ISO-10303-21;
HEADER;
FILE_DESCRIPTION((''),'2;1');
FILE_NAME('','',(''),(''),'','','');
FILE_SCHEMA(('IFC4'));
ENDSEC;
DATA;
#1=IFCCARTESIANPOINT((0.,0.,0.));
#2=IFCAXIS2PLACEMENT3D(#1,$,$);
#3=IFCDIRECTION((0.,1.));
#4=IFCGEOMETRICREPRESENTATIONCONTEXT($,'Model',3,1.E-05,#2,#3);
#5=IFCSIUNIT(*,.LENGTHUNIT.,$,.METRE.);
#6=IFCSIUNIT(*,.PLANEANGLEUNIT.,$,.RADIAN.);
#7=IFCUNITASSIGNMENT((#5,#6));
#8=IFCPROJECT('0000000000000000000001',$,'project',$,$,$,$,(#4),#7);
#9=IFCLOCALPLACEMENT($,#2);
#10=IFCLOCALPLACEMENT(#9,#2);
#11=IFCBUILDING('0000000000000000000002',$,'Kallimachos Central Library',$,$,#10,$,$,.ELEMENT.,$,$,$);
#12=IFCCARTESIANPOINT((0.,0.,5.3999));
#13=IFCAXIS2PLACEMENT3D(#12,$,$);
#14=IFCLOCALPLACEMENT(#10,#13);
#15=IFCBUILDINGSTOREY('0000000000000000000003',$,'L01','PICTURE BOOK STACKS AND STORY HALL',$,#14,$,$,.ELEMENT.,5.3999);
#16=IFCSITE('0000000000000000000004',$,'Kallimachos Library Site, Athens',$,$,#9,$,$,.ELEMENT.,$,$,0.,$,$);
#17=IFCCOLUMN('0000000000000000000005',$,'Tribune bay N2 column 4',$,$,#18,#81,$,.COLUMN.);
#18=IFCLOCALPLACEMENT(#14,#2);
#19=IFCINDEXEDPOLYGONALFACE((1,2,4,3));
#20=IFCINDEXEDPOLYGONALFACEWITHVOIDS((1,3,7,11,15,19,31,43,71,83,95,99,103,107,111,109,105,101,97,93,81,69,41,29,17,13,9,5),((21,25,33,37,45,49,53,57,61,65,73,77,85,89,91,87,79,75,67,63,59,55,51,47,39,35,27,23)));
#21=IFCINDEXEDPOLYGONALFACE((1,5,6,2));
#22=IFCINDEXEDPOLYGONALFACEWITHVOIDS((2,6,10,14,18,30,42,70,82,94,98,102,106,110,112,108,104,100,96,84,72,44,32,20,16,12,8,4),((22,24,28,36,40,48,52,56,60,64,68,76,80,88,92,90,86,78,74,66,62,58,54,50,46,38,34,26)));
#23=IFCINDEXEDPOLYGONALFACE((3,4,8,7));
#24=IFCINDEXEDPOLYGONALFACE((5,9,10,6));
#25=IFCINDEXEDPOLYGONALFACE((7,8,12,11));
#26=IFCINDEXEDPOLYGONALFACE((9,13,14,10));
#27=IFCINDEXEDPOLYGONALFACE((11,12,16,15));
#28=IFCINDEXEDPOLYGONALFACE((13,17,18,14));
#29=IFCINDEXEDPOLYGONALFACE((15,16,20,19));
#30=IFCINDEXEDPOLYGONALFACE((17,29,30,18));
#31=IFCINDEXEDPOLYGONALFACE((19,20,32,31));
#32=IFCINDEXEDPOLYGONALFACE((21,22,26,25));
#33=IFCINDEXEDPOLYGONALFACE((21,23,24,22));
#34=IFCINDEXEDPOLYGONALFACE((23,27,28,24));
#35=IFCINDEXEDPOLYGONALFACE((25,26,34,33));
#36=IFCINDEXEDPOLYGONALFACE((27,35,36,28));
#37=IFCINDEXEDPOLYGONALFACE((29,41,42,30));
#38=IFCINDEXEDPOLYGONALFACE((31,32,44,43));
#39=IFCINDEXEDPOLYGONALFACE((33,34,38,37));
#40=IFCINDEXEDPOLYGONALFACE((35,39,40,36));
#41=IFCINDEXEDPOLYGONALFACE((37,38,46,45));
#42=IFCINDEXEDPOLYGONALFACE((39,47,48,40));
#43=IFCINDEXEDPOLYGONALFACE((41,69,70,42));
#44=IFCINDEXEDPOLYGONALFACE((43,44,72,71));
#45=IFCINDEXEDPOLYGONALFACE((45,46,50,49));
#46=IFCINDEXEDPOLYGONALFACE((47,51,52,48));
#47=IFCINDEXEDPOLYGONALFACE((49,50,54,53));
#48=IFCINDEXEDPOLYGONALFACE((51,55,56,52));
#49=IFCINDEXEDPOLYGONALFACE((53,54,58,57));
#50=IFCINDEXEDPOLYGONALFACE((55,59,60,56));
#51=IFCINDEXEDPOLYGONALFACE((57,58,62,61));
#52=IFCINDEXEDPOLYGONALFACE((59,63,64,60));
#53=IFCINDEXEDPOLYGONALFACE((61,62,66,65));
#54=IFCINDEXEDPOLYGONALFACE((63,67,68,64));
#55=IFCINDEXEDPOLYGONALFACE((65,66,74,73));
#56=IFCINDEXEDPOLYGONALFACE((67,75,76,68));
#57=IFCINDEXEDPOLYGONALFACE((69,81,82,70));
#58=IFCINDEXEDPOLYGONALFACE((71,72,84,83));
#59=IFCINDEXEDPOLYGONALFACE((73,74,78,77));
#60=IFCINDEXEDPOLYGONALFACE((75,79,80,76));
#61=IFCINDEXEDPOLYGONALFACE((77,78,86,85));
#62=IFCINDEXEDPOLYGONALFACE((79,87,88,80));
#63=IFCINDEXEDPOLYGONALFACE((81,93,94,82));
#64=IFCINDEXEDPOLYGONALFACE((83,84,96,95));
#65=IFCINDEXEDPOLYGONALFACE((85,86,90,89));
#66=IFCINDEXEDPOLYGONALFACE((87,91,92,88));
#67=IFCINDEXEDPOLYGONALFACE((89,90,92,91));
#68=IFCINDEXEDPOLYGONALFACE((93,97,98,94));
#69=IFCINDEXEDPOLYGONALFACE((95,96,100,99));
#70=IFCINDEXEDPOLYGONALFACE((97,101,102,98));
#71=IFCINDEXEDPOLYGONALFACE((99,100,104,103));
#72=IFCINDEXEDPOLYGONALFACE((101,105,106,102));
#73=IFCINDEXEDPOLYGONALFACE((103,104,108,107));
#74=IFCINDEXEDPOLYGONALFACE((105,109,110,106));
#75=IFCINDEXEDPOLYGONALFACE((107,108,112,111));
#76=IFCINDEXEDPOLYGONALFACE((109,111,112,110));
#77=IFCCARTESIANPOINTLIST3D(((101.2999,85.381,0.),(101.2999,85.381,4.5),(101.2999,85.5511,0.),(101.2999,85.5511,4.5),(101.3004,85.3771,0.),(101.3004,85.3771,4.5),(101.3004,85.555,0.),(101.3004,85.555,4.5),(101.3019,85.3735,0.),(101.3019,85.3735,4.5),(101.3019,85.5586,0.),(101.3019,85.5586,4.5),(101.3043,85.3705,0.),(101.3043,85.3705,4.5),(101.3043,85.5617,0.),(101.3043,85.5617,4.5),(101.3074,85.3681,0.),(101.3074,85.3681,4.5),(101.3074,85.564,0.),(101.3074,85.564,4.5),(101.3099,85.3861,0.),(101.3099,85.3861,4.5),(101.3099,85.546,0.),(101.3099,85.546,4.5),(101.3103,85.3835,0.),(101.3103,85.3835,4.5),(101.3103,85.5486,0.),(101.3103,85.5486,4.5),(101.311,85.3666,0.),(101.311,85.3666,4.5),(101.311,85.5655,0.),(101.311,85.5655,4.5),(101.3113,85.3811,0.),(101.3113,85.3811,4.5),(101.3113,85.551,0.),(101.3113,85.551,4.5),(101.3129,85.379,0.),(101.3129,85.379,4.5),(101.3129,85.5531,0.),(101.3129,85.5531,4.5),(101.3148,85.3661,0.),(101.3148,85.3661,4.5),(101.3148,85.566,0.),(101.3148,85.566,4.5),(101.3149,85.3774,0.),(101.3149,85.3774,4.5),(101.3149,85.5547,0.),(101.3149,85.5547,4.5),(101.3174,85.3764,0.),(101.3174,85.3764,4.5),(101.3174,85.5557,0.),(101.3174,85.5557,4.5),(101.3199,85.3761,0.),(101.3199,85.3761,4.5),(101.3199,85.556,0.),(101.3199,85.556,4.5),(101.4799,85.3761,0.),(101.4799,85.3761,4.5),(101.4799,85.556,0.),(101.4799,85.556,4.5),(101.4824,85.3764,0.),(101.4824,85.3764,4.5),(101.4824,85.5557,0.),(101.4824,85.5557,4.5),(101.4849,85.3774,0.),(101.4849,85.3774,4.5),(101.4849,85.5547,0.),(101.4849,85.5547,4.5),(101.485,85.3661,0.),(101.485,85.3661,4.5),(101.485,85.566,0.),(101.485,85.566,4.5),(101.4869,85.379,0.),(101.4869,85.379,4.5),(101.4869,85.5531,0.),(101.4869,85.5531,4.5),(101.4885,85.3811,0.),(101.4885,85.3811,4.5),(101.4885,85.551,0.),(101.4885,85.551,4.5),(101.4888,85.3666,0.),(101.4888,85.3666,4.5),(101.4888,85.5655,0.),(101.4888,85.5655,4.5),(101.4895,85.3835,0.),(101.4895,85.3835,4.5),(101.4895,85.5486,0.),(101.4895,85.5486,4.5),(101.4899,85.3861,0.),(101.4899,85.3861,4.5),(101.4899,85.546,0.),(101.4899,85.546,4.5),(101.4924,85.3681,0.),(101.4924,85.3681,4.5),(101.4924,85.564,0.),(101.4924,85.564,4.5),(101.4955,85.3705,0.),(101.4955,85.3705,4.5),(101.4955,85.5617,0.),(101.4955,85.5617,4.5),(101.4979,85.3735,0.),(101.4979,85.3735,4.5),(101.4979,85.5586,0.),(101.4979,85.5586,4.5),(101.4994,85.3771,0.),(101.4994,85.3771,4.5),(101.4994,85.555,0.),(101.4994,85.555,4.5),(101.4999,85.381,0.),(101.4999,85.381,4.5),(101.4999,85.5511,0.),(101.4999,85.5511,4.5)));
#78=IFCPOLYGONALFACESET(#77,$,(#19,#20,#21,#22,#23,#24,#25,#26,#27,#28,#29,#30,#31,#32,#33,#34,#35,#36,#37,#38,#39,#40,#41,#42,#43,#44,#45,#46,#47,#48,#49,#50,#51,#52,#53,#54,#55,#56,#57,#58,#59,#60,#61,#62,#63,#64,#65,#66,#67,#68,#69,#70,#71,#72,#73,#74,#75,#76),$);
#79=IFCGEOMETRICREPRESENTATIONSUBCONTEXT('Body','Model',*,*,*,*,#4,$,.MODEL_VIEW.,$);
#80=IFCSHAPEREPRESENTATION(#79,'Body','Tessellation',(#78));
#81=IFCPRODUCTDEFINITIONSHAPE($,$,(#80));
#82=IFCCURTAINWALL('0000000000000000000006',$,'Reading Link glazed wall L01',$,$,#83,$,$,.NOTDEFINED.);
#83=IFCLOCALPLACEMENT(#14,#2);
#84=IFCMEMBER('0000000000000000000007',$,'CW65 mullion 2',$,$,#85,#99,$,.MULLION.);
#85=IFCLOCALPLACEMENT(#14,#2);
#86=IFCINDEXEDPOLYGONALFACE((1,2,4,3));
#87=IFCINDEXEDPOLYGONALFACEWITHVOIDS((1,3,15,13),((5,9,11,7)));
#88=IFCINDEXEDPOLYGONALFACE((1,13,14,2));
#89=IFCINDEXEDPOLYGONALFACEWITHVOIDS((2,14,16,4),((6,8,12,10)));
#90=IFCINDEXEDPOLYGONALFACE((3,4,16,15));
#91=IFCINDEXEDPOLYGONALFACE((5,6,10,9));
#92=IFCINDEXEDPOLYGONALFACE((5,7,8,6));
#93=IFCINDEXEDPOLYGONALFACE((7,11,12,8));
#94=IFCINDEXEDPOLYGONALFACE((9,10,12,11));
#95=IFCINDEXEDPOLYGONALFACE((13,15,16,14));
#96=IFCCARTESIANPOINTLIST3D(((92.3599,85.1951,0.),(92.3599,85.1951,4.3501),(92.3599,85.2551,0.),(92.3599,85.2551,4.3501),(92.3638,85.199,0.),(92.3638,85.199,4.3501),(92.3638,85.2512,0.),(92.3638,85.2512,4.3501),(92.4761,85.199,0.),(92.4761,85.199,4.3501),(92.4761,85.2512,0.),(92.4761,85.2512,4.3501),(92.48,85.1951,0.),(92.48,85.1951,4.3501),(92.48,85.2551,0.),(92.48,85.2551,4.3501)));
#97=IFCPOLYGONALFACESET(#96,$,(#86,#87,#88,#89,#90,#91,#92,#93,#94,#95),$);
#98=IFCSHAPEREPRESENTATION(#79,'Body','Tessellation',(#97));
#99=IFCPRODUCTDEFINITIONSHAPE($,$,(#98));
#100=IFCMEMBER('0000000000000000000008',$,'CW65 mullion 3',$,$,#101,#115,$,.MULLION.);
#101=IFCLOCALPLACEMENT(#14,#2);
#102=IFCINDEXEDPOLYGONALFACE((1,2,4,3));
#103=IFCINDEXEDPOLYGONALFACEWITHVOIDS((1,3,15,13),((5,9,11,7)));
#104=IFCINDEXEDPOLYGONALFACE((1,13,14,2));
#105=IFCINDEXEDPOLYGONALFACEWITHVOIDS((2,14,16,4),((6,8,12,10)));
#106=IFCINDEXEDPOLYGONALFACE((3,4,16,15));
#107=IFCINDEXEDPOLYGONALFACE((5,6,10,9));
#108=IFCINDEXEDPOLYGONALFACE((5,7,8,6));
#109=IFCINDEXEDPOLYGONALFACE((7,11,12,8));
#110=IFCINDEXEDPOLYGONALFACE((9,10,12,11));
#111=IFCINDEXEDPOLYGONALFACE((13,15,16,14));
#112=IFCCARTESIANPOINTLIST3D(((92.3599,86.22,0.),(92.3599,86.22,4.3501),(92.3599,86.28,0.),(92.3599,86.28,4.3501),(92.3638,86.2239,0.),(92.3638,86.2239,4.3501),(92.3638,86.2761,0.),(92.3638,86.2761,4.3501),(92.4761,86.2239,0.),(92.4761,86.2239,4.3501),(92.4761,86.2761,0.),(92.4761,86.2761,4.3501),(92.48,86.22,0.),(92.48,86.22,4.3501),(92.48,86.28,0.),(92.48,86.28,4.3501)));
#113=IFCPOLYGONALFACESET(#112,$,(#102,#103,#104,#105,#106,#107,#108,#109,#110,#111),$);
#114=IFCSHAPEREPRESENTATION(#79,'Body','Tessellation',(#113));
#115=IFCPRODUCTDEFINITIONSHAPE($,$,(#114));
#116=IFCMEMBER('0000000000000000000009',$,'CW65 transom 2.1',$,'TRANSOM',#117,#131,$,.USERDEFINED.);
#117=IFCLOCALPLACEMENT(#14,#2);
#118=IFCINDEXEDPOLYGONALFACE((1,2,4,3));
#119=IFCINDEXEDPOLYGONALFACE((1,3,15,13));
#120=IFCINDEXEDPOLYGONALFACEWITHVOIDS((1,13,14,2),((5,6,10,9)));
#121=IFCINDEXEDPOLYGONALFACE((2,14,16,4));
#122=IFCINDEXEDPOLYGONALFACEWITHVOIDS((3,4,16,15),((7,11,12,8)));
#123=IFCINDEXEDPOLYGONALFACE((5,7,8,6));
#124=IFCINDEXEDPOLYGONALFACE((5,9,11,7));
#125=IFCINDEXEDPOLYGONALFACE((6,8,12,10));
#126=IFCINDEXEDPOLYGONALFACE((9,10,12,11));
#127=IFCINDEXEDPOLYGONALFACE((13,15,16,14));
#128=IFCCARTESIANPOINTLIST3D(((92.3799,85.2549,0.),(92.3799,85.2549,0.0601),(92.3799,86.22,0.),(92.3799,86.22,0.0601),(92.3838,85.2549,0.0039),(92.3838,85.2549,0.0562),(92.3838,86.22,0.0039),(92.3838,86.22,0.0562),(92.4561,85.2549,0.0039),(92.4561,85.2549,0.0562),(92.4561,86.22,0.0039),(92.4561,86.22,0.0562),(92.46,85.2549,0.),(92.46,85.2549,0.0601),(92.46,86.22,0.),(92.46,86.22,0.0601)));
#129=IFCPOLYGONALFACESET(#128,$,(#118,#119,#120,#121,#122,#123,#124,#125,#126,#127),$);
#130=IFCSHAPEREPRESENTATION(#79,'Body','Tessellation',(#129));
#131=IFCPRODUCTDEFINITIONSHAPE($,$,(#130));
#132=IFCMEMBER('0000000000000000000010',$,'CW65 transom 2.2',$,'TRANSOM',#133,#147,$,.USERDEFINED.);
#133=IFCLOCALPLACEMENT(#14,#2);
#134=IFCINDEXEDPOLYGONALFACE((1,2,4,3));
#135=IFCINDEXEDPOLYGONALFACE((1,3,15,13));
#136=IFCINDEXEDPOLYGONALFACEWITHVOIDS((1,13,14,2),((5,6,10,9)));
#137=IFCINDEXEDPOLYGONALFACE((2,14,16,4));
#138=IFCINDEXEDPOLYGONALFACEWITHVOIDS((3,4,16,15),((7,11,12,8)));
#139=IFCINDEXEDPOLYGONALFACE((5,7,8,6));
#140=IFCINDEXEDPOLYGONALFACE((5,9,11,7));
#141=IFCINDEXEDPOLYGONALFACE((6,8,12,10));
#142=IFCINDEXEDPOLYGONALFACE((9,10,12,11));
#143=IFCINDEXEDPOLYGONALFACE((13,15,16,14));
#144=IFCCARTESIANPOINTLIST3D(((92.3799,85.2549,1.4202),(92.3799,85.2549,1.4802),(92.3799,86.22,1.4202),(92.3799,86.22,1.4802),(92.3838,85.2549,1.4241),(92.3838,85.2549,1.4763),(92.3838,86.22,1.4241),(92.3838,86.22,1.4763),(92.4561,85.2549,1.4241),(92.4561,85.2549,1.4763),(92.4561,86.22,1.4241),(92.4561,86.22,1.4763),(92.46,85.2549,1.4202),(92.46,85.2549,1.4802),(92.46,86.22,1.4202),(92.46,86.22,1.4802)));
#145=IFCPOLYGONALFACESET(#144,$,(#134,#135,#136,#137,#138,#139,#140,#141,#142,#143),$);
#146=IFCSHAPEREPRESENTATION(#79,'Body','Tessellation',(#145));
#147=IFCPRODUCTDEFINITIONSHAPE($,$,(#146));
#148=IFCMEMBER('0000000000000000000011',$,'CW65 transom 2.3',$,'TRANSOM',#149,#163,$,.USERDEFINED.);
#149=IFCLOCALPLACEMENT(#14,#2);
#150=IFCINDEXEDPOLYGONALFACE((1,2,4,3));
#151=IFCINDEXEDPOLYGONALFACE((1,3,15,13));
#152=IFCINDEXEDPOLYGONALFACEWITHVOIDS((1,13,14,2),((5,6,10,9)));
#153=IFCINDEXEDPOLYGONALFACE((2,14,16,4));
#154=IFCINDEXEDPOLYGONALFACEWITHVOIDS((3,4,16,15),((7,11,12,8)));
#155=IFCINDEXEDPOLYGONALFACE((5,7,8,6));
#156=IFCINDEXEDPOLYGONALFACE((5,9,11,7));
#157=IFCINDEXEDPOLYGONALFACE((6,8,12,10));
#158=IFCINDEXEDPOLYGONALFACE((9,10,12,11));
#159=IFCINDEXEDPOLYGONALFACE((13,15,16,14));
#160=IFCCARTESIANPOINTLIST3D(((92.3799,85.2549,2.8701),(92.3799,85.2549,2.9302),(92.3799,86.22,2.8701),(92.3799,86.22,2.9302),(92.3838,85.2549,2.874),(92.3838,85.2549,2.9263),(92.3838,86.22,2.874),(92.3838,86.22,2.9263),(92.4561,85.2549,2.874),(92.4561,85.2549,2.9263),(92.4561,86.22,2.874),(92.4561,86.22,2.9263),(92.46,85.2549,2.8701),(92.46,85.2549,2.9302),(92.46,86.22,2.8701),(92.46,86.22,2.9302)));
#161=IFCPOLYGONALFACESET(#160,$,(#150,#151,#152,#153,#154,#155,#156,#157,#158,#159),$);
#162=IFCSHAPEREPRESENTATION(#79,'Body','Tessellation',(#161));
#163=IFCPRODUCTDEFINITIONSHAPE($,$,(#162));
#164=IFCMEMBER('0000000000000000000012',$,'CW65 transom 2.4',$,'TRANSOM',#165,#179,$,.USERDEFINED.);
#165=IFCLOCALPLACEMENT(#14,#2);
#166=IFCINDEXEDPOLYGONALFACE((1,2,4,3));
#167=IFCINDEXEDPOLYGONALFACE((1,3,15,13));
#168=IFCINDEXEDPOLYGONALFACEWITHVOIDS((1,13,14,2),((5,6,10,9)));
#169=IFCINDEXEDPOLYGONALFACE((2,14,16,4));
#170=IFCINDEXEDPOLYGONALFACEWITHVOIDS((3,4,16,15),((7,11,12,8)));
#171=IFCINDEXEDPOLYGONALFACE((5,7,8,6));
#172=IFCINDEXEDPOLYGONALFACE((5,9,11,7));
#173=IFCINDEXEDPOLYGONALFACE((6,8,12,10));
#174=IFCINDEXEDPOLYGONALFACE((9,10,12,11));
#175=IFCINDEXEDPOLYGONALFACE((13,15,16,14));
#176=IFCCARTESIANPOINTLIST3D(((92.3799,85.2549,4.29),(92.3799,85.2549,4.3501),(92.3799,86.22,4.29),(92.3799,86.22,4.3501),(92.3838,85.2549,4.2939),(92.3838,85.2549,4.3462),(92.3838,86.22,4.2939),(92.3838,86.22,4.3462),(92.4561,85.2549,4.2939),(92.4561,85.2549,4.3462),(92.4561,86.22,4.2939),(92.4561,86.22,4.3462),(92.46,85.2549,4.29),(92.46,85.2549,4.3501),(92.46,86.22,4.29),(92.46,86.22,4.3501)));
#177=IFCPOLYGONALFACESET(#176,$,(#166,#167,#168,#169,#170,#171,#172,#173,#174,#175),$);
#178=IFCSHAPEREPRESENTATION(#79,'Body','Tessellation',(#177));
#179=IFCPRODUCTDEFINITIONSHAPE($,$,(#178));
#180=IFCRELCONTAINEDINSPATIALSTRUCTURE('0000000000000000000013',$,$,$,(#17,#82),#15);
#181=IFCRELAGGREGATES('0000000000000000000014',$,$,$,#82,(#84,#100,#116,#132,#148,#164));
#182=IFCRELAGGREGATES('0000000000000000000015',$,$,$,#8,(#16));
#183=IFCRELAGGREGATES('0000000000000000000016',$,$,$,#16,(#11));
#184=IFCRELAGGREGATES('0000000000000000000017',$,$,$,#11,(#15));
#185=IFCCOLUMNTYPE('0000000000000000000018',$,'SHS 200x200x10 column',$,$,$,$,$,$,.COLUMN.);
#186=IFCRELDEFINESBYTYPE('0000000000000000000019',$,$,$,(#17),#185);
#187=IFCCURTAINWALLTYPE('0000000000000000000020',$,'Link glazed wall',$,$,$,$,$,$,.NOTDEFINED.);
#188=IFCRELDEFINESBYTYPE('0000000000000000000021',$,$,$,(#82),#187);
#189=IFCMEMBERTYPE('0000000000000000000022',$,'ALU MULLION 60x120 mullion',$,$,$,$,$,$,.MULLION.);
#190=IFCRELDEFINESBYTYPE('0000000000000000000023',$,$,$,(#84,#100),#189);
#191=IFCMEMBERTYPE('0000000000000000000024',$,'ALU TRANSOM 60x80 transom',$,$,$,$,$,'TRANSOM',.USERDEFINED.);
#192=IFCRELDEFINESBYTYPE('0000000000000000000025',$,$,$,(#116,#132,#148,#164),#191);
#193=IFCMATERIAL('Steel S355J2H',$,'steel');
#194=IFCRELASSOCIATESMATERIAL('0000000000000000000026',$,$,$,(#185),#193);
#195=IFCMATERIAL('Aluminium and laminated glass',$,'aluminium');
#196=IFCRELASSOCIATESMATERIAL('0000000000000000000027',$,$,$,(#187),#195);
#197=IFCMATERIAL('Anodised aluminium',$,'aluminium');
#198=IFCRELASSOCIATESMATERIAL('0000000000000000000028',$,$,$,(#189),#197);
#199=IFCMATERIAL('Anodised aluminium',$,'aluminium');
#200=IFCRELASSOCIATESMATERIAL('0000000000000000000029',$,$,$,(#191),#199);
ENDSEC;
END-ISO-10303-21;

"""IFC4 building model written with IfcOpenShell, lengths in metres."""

from ifc_helpers import new_model, si_unit, direction, frame, origin, origin_2d, place, context, subcontext, project, spatial, hollow_rectangle, extrude, material, material_profile, profile_set, type_object, element, aggregate, save


model = new_model("IFC4")

# Units and contexts
model_context = context("Model", 3, precision=1e-05, world=origin(), true_north=direction((0.0, 1.0)))
body_context = subcontext(model_context, "Body", "Model", "MODEL_VIEW")
ifc_project = project(units=[si_unit("LENGTHUNIT", "METRE"), si_unit("PLANEANGLEUNIT", "RADIAN")], contexts=[model_context])

# Site, building, storey
site_placement = place(None, origin())
site = spatial("IfcSite", under=ifc_project, at=site_placement, Name="Kallimachos Library Site, Athens", CompositionType="ELEMENT", RefElevation=0.0)
building_placement = place(site_placement, origin())
building = spatial("IfcBuilding", under=site, at=building_placement, Name="Kallimachos Central Library", CompositionType="ELEMENT")
storey_placement = place(building_placement, frame((0.0, 0.0, 5.3999)))
storey = spatial("IfcBuildingStorey", under=building, at=storey_placement, Name="L01", Description="PICTURE BOOK STACKS AND STORY HALL", CompositionType="ELEMENT", Elevation=5.3999)

# Column
ifc_material_1 = material(Name="Steel S355J2H", Category="steel")
ifc_material_profile_1 = material_profile(ifc_material_1, hollow_rectangle(XDim=0.2, YDim=0.2, WallThickness=0.01, InnerFilletRadius=0.01, OuterFilletRadius=0.0149, at=origin_2d()), Name="SHS 200x200x10")
ifc_profile_set_1 = profile_set([ifc_material_profile_1], Name="Steel S355J2H")
column_type = type_object("IfcColumnType", Name="SHS 200x200x10 column", PredefinedType="COLUMN", material=ifc_profile_set_1)
for number, where, z_axis, x_axis, name in (
    (1, (101.3999, 85.4661, 0.0), (0.0, 0.0, 1.0), (1.0, 0.0, 0.0), "Tribune bay N2 column 4"),
):
    element("IfcColumn", number, at=place(storey_placement, frame(where, z_axis=z_axis, x_axis=x_axis)), inside=storey, type_object=column_type, Name=name, PredefinedType="COLUMN", context=body_context, shape_type="SweptSolid", body=[
        extrude(hollow_rectangle(XDim=0.2, YDim=0.2, WallThickness=0.01, InnerFilletRadius=0.01, OuterFilletRadius=0.0149, at=origin_2d()), origin(), (0.0, 0.0, 1.0), 4.5),
    ])

# Curtain wall, members
ifc_material_2 = material(Name="Aluminium and laminated glass", Category="aluminium")
curtain_wall_type = type_object("IfcCurtainWallType", Name="Link glazed wall", PredefinedType="NOTDEFINED", material=ifc_material_2)
curtain_wall_placement = place(storey_placement, origin())
curtain_wall = element("IfcCurtainWall", 2, at=curtain_wall_placement, inside=storey, type_object=curtain_wall_type, Name="Reading Link glazed wall L01", PredefinedType="NOTDEFINED")
ifc_material_3 = material(Name="Anodised aluminium", Category="aluminium")
ifc_material_profile_2 = material_profile(ifc_material_3, hollow_rectangle(XDim=0.0601, YDim=0.1201, WallThickness=0.0039, at=origin_2d()), Name="ALU MULLION 60x120")
ifc_profile_set_2 = profile_set([ifc_material_profile_2], Name="Anodised aluminium")
member_type_1 = type_object("IfcMemberType", Name="ALU MULLION 60x120 mullion", PredefinedType="MULLION", material=ifc_profile_set_2)
member_1_placement = place(storey_placement, frame((92.4199, 85.2251, 0.0), z_axis=(0.0, 0.0, 1.0), x_axis=(0.0, 1.0, 0.0)))
member_1 = element("IfcMember", 3, at=member_1_placement, type_object=member_type_1, Name="CW65 mullion 2", PredefinedType="MULLION", context=body_context, shape_type="SweptSolid", body=[
    extrude(hollow_rectangle(XDim=0.0601, YDim=0.1201, WallThickness=0.0039, at=origin_2d()), origin(), (0.0, 0.0, 1.0), 4.3501),
])
member_2_placement = place(storey_placement, frame((92.4199, 86.25, 0.0), z_axis=(0.0, 0.0, 1.0), x_axis=(0.0, 1.0, 0.0)))
member_2 = element("IfcMember", 4, at=member_2_placement, type_object=member_type_1, Name="CW65 mullion 3", PredefinedType="MULLION", context=body_context, shape_type="SweptSolid", body=[
    extrude(hollow_rectangle(XDim=0.0601, YDim=0.1201, WallThickness=0.0039, at=origin_2d()), origin(), (0.0, 0.0, 1.0), 4.3501),
])
ifc_material_4 = material(Name="Anodised aluminium", Category="aluminium")
ifc_material_profile_3 = material_profile(ifc_material_4, hollow_rectangle(XDim=0.0601, YDim=0.0801, WallThickness=0.0039, at=origin_2d()), Name="ALU TRANSOM 60x80")
ifc_profile_set_3 = profile_set([ifc_material_profile_3], Name="Anodised aluminium")
member_type_2 = type_object("IfcMemberType", Name="ALU TRANSOM 60x80 transom", ElementType="TRANSOM", PredefinedType="USERDEFINED", material=ifc_profile_set_3)
member_3_placement = place(storey_placement, frame((92.4199, 85.2549, 0.03), z_axis=(0.0, 1.0, 0.0), x_axis=(0.0, 0.0, 1.0)))
member_3 = element("IfcMember", 5, at=member_3_placement, type_object=member_type_2, Name="CW65 transom 2.1", ObjectType="TRANSOM", PredefinedType="USERDEFINED", context=body_context, shape_type="SweptSolid", body=[
    extrude(hollow_rectangle(XDim=0.0601, YDim=0.0801, WallThickness=0.0039, at=origin_2d()), origin(), (0.0, 0.0, 1.0), 0.9651),
])
member_4_placement = place(storey_placement, frame((92.4199, 85.2549, 1.4502), z_axis=(0.0, 1.0, 0.0), x_axis=(0.0, 0.0, 1.0)))
member_4 = element("IfcMember", 6, at=member_4_placement, type_object=member_type_2, Name="CW65 transom 2.2", ObjectType="TRANSOM", PredefinedType="USERDEFINED", context=body_context, shape_type="SweptSolid", body=[
    extrude(hollow_rectangle(XDim=0.0601, YDim=0.0801, WallThickness=0.0039, at=origin_2d()), origin(), (0.0, 0.0, 1.0), 0.9651),
])
member_5_placement = place(storey_placement, frame((92.4199, 85.2549, 2.9001), z_axis=(0.0, 1.0, 0.0), x_axis=(0.0, 0.0, 1.0)))
member_5 = element("IfcMember", 7, at=member_5_placement, type_object=member_type_2, Name="CW65 transom 2.3", ObjectType="TRANSOM", PredefinedType="USERDEFINED", context=body_context, shape_type="SweptSolid", body=[
    extrude(hollow_rectangle(XDim=0.0601, YDim=0.0801, WallThickness=0.0039, at=origin_2d()), origin(), (0.0, 0.0, 1.0), 0.9651),
])
member_6_placement = place(storey_placement, frame((92.4199, 85.2549, 4.3201), z_axis=(0.0, 1.0, 0.0), x_axis=(0.0, 0.0, 1.0)))
member_6 = element("IfcMember", 8, at=member_6_placement, type_object=member_type_2, Name="CW65 transom 2.4", ObjectType="TRANSOM", PredefinedType="USERDEFINED", context=body_context, shape_type="SweptSolid", body=[
    extrude(hollow_rectangle(XDim=0.0601, YDim=0.0801, WallThickness=0.0039, at=origin_2d()), origin(), (0.0, 0.0, 1.0), 0.9651),
])
aggregate(curtain_wall, [member_1, member_2, member_3, member_4, member_5, member_6])

save(model, "model.ifc")
